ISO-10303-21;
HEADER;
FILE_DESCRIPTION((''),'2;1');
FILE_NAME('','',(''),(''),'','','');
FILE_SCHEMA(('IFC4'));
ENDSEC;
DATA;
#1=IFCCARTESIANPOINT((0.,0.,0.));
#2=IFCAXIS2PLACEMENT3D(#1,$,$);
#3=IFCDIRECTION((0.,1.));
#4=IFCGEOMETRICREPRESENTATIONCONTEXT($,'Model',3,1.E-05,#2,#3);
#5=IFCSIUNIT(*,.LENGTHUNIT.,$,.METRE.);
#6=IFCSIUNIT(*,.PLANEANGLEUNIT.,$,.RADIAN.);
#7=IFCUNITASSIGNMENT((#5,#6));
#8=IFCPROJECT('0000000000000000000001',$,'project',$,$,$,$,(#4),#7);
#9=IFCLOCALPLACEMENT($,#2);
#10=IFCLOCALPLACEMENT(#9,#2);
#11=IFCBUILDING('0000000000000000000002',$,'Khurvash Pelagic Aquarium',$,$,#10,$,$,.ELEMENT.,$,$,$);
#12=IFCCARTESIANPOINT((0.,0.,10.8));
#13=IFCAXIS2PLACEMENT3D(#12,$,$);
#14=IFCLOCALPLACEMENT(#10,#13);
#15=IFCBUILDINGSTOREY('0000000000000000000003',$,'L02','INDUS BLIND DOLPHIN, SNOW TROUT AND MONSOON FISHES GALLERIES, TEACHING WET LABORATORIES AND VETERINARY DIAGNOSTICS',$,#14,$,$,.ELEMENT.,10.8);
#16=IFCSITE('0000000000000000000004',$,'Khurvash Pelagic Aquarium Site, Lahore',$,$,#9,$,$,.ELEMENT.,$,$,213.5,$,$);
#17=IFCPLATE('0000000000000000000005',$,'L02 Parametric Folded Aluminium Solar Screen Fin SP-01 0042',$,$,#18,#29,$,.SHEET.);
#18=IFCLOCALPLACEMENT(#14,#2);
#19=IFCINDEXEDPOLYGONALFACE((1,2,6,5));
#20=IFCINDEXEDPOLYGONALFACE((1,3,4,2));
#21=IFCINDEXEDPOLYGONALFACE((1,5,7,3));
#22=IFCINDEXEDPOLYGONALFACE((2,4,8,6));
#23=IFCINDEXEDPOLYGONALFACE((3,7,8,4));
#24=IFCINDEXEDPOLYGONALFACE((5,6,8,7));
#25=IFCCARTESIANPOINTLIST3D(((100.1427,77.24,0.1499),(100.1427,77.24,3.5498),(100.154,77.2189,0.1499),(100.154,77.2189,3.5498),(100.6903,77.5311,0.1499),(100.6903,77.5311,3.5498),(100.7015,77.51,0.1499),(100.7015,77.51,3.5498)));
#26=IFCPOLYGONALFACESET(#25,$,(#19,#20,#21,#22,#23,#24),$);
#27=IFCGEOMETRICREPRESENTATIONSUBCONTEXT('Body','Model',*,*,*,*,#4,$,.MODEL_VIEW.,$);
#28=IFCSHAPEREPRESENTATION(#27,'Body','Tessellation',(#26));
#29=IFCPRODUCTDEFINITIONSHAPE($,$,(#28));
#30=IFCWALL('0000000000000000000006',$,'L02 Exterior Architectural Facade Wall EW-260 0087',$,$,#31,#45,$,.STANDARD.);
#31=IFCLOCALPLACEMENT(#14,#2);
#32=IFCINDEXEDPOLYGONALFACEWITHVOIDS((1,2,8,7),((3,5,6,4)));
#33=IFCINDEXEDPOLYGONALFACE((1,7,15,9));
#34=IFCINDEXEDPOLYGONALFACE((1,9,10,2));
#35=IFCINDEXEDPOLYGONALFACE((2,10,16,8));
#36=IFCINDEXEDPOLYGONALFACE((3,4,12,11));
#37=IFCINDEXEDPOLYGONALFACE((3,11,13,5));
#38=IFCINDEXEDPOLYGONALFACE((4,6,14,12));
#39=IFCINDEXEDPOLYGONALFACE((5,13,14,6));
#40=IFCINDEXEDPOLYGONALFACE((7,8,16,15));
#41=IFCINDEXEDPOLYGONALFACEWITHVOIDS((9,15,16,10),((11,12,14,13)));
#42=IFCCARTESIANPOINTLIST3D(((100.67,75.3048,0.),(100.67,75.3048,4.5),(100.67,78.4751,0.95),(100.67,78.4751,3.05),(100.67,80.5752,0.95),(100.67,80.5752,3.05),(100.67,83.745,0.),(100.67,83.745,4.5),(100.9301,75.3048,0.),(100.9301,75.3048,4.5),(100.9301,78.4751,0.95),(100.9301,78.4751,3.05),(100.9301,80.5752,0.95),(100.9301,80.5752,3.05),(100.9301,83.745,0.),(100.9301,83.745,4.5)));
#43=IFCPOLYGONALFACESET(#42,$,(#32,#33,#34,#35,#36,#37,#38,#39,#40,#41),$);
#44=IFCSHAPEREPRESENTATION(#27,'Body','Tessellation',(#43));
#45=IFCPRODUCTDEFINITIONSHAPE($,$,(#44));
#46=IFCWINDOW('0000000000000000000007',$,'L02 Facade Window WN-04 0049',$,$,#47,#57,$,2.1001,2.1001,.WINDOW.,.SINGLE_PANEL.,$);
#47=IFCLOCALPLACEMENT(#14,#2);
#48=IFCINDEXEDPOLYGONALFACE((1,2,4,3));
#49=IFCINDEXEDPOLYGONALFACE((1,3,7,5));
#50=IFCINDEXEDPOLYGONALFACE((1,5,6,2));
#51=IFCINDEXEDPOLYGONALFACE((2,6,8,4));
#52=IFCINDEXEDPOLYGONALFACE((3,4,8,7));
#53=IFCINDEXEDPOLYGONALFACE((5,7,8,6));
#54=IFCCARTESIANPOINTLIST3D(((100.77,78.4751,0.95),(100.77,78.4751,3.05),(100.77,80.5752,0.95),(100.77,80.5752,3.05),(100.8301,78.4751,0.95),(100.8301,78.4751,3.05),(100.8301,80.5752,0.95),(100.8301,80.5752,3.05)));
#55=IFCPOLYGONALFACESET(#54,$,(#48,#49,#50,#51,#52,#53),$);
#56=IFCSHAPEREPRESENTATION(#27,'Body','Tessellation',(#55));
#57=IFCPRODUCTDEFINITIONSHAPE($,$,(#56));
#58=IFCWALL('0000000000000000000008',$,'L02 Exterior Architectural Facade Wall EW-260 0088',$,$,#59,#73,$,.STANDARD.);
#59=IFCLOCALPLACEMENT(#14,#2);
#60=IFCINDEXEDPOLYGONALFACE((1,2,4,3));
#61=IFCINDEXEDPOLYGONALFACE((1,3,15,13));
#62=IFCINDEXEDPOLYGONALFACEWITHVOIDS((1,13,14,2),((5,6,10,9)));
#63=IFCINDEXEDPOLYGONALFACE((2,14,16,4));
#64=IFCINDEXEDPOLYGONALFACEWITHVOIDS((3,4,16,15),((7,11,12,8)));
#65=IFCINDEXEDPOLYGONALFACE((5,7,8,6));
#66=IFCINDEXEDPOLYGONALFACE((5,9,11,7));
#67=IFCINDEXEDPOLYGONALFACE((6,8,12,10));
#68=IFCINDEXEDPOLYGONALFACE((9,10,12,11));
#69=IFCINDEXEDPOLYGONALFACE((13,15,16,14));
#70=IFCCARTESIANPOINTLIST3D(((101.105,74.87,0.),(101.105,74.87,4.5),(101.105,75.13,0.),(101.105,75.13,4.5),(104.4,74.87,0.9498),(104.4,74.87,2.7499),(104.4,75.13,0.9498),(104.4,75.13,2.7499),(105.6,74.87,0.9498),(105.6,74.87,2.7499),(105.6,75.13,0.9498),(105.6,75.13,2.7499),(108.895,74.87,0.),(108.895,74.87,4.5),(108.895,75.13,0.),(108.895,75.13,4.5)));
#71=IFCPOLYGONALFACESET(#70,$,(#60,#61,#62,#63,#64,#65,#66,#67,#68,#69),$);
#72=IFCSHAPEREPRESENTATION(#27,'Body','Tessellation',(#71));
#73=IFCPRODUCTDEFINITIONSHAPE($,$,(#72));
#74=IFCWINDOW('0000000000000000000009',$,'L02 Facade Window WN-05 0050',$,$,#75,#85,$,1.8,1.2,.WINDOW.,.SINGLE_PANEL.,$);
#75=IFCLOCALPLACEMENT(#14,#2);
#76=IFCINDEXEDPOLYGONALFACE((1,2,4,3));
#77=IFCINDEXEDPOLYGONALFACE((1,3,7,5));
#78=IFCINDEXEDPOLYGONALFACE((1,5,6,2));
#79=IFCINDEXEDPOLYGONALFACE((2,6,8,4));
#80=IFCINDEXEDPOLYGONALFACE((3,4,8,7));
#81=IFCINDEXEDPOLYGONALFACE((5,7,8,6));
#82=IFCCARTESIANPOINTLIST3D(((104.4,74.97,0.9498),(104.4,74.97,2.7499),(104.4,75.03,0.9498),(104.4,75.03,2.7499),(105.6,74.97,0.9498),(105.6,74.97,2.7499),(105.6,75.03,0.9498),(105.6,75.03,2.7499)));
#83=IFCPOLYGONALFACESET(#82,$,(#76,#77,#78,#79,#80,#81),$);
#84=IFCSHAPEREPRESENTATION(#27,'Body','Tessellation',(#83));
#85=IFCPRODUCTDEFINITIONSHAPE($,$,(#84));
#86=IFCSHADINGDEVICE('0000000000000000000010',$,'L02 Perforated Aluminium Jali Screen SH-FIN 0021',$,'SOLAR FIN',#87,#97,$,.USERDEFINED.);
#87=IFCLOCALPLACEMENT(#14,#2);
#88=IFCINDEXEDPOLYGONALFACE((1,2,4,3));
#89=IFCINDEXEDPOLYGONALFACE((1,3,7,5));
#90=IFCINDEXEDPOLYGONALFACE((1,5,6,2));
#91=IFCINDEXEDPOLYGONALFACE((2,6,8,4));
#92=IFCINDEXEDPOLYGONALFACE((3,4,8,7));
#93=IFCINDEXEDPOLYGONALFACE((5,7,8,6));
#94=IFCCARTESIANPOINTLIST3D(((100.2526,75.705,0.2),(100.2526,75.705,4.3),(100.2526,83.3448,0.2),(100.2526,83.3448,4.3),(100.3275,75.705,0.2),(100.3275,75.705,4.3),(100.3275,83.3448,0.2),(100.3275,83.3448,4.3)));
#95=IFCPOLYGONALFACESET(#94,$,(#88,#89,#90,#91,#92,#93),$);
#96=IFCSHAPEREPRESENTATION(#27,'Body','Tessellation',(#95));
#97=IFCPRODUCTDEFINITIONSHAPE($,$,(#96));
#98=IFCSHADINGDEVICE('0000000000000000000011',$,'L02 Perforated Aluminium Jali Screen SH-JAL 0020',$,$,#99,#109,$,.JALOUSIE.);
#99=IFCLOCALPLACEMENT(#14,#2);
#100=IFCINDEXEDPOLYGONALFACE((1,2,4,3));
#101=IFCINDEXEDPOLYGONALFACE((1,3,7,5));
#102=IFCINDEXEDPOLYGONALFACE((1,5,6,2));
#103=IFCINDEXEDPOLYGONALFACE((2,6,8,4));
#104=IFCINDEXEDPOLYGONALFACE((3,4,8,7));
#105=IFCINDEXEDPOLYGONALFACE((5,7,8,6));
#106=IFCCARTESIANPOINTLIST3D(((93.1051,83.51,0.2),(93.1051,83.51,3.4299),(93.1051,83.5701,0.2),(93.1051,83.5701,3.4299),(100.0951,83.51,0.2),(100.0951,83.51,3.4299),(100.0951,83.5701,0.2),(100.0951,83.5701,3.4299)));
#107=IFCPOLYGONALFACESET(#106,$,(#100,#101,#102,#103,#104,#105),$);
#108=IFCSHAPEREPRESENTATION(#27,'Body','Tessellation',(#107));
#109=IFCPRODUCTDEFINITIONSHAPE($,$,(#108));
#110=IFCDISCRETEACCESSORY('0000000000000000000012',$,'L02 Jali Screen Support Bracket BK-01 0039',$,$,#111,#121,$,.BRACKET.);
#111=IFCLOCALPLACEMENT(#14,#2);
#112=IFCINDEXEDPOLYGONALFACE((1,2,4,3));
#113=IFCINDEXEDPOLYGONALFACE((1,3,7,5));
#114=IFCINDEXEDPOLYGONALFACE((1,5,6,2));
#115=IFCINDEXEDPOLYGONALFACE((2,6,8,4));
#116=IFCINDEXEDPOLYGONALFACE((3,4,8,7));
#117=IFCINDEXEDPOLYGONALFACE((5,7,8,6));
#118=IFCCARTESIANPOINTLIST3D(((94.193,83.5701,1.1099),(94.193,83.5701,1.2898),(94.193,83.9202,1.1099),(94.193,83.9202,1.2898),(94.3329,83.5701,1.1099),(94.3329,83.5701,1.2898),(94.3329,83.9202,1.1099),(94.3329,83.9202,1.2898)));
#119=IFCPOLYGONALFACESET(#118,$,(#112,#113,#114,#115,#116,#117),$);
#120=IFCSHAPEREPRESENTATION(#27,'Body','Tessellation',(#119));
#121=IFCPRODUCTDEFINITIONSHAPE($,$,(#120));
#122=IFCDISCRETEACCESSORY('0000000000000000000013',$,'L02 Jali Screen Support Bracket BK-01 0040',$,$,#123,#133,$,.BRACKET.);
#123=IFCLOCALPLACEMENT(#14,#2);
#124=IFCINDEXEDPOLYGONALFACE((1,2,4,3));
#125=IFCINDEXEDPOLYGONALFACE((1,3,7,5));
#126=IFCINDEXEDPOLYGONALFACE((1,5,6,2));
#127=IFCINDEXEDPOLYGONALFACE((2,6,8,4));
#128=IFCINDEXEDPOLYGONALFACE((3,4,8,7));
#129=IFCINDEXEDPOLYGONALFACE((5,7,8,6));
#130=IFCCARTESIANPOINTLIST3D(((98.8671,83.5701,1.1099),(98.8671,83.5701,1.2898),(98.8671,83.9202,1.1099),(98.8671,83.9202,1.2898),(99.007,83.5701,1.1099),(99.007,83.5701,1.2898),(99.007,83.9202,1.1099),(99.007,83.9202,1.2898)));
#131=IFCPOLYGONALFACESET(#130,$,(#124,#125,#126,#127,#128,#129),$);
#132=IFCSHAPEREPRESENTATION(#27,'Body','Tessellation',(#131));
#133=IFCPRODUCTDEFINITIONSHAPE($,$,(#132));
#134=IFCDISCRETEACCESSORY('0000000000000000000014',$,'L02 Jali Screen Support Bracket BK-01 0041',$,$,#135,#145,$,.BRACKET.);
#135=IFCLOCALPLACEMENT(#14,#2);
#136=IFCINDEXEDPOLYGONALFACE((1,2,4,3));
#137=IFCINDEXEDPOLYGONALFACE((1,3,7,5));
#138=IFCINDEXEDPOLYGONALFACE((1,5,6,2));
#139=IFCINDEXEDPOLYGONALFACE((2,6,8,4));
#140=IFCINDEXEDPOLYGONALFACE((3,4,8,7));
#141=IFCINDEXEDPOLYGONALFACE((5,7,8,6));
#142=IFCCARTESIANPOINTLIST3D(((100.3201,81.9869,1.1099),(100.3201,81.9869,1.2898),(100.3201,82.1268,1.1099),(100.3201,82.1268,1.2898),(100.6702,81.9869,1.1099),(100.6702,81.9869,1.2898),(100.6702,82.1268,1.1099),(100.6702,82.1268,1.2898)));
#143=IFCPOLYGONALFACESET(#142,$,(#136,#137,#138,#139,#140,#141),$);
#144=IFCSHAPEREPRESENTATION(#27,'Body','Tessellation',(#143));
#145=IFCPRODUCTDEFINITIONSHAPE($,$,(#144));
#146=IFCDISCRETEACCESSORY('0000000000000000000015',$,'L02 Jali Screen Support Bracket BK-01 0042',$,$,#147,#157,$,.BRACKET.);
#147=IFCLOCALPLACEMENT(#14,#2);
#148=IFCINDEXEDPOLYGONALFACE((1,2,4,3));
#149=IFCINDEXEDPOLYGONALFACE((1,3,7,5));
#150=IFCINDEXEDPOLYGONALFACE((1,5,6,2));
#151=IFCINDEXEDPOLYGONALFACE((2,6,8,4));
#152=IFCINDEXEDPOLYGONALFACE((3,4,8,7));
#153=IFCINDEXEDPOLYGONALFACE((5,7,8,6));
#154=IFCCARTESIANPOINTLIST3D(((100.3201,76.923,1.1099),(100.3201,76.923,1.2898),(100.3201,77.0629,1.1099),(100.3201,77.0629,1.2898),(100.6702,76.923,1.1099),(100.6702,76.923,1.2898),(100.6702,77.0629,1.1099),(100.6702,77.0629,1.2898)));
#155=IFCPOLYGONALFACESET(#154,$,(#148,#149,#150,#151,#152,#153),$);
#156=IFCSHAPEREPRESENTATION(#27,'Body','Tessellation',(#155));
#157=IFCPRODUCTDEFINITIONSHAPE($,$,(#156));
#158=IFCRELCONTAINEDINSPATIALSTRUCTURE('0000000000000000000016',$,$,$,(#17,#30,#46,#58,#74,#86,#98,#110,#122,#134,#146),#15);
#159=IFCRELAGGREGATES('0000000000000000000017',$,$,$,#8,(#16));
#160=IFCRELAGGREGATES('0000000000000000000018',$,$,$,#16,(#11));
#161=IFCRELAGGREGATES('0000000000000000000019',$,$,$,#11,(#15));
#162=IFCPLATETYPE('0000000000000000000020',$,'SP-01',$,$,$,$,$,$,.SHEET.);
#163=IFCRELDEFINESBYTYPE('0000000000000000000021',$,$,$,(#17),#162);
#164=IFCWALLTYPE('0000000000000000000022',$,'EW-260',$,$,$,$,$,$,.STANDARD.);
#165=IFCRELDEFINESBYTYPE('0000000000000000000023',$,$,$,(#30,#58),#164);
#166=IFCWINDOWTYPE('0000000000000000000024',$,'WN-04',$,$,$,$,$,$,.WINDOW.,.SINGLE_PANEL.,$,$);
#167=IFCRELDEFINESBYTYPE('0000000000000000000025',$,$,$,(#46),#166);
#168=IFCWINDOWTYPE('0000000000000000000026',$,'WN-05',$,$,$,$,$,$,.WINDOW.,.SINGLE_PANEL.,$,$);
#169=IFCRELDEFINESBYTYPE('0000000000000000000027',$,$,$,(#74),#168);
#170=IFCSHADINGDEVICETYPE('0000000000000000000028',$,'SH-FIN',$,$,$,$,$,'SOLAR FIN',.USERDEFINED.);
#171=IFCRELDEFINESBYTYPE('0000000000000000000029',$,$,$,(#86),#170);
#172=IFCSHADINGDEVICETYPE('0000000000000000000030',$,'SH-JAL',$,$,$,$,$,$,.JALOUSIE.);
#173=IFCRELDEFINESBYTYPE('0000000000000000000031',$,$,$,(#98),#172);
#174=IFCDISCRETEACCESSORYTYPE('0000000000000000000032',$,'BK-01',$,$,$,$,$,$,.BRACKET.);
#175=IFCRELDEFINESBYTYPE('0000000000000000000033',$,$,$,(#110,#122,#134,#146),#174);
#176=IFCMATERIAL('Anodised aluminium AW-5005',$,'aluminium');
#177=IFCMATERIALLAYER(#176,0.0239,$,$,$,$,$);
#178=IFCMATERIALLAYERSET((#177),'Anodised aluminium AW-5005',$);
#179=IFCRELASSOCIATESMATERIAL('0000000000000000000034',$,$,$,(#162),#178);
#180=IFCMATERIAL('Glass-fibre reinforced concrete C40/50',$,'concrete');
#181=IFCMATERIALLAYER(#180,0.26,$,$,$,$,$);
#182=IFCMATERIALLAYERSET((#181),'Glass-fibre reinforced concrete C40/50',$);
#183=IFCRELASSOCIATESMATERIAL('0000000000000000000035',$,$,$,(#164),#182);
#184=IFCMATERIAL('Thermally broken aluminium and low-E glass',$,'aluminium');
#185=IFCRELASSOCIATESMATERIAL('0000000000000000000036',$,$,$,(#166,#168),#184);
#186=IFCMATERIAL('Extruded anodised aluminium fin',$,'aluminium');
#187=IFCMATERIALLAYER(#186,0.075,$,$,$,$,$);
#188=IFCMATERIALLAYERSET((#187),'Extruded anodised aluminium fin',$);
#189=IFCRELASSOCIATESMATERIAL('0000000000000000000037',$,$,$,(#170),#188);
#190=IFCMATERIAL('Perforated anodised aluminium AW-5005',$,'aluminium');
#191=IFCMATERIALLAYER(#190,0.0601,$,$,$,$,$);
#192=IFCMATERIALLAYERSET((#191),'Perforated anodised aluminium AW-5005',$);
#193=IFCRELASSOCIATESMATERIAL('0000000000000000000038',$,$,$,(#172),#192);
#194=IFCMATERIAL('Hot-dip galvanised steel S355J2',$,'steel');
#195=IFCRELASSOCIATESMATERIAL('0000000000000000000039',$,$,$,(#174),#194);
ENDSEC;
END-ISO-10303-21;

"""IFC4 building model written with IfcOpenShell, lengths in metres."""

from ifc_helpers import new_model, si_unit, direction, frame, frame_2d, origin, origin_2d, place, context, subcontext, project, spatial, rectangle, extrude, material, layer, layer_set, type_object, element, fill, save


model = new_model("IFC4")

# Units and contexts
model_context = context("Model", 3, precision=1e-05, world=origin(), true_north=direction((0.0, 1.0)))
body_context = subcontext(model_context, "Body", "Model", "MODEL_VIEW")
ifc_project = project(units=[si_unit("LENGTHUNIT", "METRE"), si_unit("PLANEANGLEUNIT", "RADIAN")], contexts=[model_context])

# Site, building, storey
site_placement = place(None, origin())
site = spatial("IfcSite", under=ifc_project, at=site_placement, Name="Khurvash Pelagic Aquarium Site, Lahore", CompositionType="ELEMENT", RefElevation=213.5)
building_placement = place(site_placement, origin())
building = spatial("IfcBuilding", under=site, at=building_placement, Name="Khurvash Pelagic Aquarium", CompositionType="ELEMENT")
storey_placement = place(building_placement, frame((0.0, 0.0, 10.8)))
storey = spatial("IfcBuildingStorey", under=building, at=storey_placement, Name="L02", Description="INDUS BLIND DOLPHIN, SNOW TROUT AND MONSOON FISHES GALLERIES, TEACHING WET LABORATORIES AND VETERINARY DIAGNOSTICS", CompositionType="ELEMENT", Elevation=10.8)

# Plate
ifc_material_1 = material(Name="Anodised aluminium AW-5005", Category="aluminium")
ifc_layer_1 = layer(ifc_material_1, 0.0239)
ifc_layer_set_1 = layer_set([ifc_layer_1], Name="Anodised aluminium AW-5005")
plate_type = type_object("IfcPlateType", Name="SP-01", PredefinedType="SHEET", material=ifc_layer_set_1)
for number, where, z_axis, x_axis, name in (
    (1, (100.4221, 77.375, 0.1499), (0.0, 0.0, 1.0), (-0.882948, -0.469472, 0.0), "L02 Parametric Folded Aluminium Solar Screen Fin SP-01 0042"),
):
    element("IfcPlate", number, at=place(storey_placement, frame(where, z_axis=z_axis, x_axis=x_axis)), inside=storey, type_object=plate_type, Name=name, PredefinedType="SHEET", context=body_context, shape_type="SweptSolid", body=[
        extrude(rectangle(XDim=0.6201, YDim=0.0239, at=origin_2d()), origin(), (0.0, 0.0, 1.0), 3.3999),
    ])

# Walls, openings, windows
ifc_material_2 = material(Name="Glass-fibre reinforced concrete C40/50", Category="concrete")
ifc_layer_2 = layer(ifc_material_2, 0.26)
ifc_layer_set_2 = layer_set([ifc_layer_2], Name="Glass-fibre reinforced concrete C40/50")
wall_type = type_object("IfcWallType", Name="EW-260", PredefinedType="STANDARD", material=ifc_layer_set_2)
wall_1_placement = place(storey_placement, frame((100.8, 83.7451, 0.0), z_axis=(0.0, 0.0, 1.0), x_axis=(0.0, -1.0, 0.0)))
wall_1 = element("IfcWall", 2, at=wall_1_placement, inside=storey, type_object=wall_type, Name="L02 Exterior Architectural Facade Wall EW-260 0087", PredefinedType="STANDARD", context=body_context, shape_type="SweptSolid", body=[
    extrude(rectangle(XDim=8.4402, YDim=0.26, at=frame_2d((4.2202, 0.0))), origin(), (0.0, 0.0, 1.0), 4.5),
])
opening_1_placement = place(wall_1_placement, frame((3.1699, 0.0, 0.95)))
opening_1 = element("IfcOpeningElement", 3, at=opening_1_placement, cuts=wall_1, PredefinedType="OPENING", context=body_context, shape_type="SweptSolid", body=[
    extrude(rectangle(XDim=2.1001, YDim=2.1001, at=frame_2d((1.05, 1.05))), frame((0.0, 0.1401, 0.0), z_axis=(0.0, -1.0, 0.0), x_axis=(1.0, 0.0, 0.0)), (0.0, 0.0, 1.0), 0.28),
])
ifc_material_3 = material(Name="Thermally broken aluminium and low-E glass", Category="aluminium")
window_type_1 = type_object("IfcWindowType", Name="WN-04", PartitioningType="SINGLE_PANEL", PredefinedType="WINDOW", material=ifc_material_3)
window_1_placement = place(opening_1_placement, origin())
window_1 = element("IfcWindow", 4, at=window_1_placement, inside=storey, type_object=window_type_1, Name="L02 Facade Window WN-04 0049", OverallHeight=2.1001, OverallWidth=2.1001, PartitioningType="SINGLE_PANEL", PredefinedType="WINDOW", context=body_context, shape_type="SweptSolid", body=[
    extrude(rectangle(XDim=2.1001, YDim=2.1001, at=frame_2d((1.05, 1.05))), frame((0.0, 0.03, 0.0), z_axis=(0.0, -1.0, 0.0), x_axis=(1.0, 0.0, 0.0)), (0.0, 0.0, 1.0), 0.0601),
])
fill(opening_1, window_1)
wall_2_placement = place(storey_placement, frame((101.105, 75.0, 0.0), z_axis=(0.0, 0.0, 1.0), x_axis=(1.0, 0.0, 0.0)))
wall_2 = element("IfcWall", 5, at=wall_2_placement, inside=storey, type_object=wall_type, Name="L02 Exterior Architectural Facade Wall EW-260 0088", PredefinedType="STANDARD", context=body_context, shape_type="SweptSolid", body=[
    extrude(rectangle(XDim=7.79, YDim=0.26, at=frame_2d((3.895, 0.0))), origin(), (0.0, 0.0, 1.0), 4.5),
])
opening_2_placement = place(wall_2_placement, frame((3.2949, 0.0, 0.95)))
opening_2 = element("IfcOpeningElement", 6, at=opening_2_placement, cuts=wall_2, PredefinedType="OPENING", context=body_context, shape_type="SweptSolid", body=[
    extrude(rectangle(XDim=1.2, YDim=1.8, at=frame_2d((0.6001, 0.8999))), frame((0.0, 0.1401, 0.0), z_axis=(0.0, -1.0, 0.0), x_axis=(1.0, 0.0, 0.0)), (0.0, 0.0, 1.0), 0.28),
])
window_type_2 = type_object("IfcWindowType", Name="WN-05", PartitioningType="SINGLE_PANEL", PredefinedType="WINDOW", material=ifc_material_3)
window_2_placement = place(opening_2_placement, origin())
window_2 = element("IfcWindow", 7, at=window_2_placement, inside=storey, type_object=window_type_2, Name="L02 Facade Window WN-05 0050", OverallHeight=1.8, OverallWidth=1.2, PartitioningType="SINGLE_PANEL", PredefinedType="WINDOW", context=body_context, shape_type="SweptSolid", body=[
    extrude(rectangle(XDim=1.2, YDim=1.8, at=frame_2d((0.6001, 0.8999))), frame((0.0, 0.03, 0.0), z_axis=(0.0, -1.0, 0.0), x_axis=(1.0, 0.0, 0.0)), (0.0, 0.0, 1.0), 0.0601),
])
fill(opening_2, window_2)

# Shading devices
ifc_material_4 = material(Name="Extruded anodised aluminium fin", Category="aluminium")
ifc_layer_3 = layer(ifc_material_4, 0.075)
ifc_layer_set_3 = layer_set([ifc_layer_3], Name="Extruded anodised aluminium fin")
shading_device_type_1 = type_object("IfcShadingDeviceType", Name="SH-FIN", ElementType="SOLAR FIN", PredefinedType="USERDEFINED", material=ifc_layer_set_3)
shading_device_1_placement = place(storey_placement, frame((100.29, 79.5249, 0.2), z_axis=(0.0, 0.0, 1.0), x_axis=(0.0, -1.0, 0.0)))
element("IfcShadingDevice", 8, at=shading_device_1_placement, inside=storey, type_object=shading_device_type_1, Name="L02 Perforated Aluminium Jali Screen SH-FIN 0021", ObjectType="SOLAR FIN", PredefinedType="USERDEFINED", context=body_context, shape_type="SweptSolid", body=[
    extrude(rectangle(XDim=7.6399, YDim=0.075, at=origin_2d()), origin(), (0.0, 0.0, 1.0), 4.1001),
])
ifc_material_5 = material(Name="Perforated anodised aluminium AW-5005", Category="aluminium")
ifc_layer_4 = layer(ifc_material_5, 0.0601)
ifc_layer_set_4 = layer_set([ifc_layer_4], Name="Perforated anodised aluminium AW-5005")
shading_device_type_2 = type_object("IfcShadingDeviceType", Name="SH-JAL", PredefinedType="JALOUSIE", material=ifc_layer_set_4)
shading_device_2_placement = place(storey_placement, frame((96.6001, 83.54, 0.2), z_axis=(0.0, 0.0, 1.0), x_axis=(1.0, 0.0, 0.0)))
element("IfcShadingDevice", 9, at=shading_device_2_placement, inside=storey, type_object=shading_device_type_2, Name="L02 Perforated Aluminium Jali Screen SH-JAL 0020", PredefinedType="JALOUSIE", context=body_context, shape_type="SweptSolid", body=[
    extrude(rectangle(XDim=6.99, YDim=0.0601, at=origin_2d()), origin(), (0.0, 0.0, 1.0), 3.23),
])

# Discrete accessories
ifc_material_6 = material(Name="Hot-dip galvanised steel S355J2", Category="steel")
discrete_accessory_type = type_object("IfcDiscreteAccessoryType", Name="BK-01", PredefinedType="BRACKET", material=ifc_material_6)
for number, where, z_axis, x_axis, name in (
    (10, (94.2629, 83.7451, 1.1099), (0.0, 0.0, 1.0), (1.0, 0.0, 0.0), "L02 Jali Screen Support Bracket BK-01 0039"),
    (11, (98.937, 83.7451, 1.1099), (0.0, 0.0, 1.0), (1.0, 0.0, 0.0), "L02 Jali Screen Support Bracket BK-01 0040"),
    (12, (100.4951, 82.0569, 1.1099), (0.0, 0.0, 1.0), (0.0, -1.0, 0.0), "L02 Jali Screen Support Bracket BK-01 0041"),
    (13, (100.4951, 76.9929, 1.1099), (0.0, 0.0, 1.0), (0.0, -1.0, 0.0), "L02 Jali Screen Support Bracket BK-01 0042"),
):
    element("IfcDiscreteAccessory", number, at=place(storey_placement, frame(where, z_axis=z_axis, x_axis=x_axis)), inside=storey, type_object=discrete_accessory_type, Name=name, PredefinedType="BRACKET", context=body_context, shape_type="SweptSolid", body=[
        extrude(rectangle(XDim=0.1399, YDim=0.3501, at=origin_2d()), origin(), (0.0, 0.0, 1.0), 0.1799),
    ])

save(model, "model.ifc")
